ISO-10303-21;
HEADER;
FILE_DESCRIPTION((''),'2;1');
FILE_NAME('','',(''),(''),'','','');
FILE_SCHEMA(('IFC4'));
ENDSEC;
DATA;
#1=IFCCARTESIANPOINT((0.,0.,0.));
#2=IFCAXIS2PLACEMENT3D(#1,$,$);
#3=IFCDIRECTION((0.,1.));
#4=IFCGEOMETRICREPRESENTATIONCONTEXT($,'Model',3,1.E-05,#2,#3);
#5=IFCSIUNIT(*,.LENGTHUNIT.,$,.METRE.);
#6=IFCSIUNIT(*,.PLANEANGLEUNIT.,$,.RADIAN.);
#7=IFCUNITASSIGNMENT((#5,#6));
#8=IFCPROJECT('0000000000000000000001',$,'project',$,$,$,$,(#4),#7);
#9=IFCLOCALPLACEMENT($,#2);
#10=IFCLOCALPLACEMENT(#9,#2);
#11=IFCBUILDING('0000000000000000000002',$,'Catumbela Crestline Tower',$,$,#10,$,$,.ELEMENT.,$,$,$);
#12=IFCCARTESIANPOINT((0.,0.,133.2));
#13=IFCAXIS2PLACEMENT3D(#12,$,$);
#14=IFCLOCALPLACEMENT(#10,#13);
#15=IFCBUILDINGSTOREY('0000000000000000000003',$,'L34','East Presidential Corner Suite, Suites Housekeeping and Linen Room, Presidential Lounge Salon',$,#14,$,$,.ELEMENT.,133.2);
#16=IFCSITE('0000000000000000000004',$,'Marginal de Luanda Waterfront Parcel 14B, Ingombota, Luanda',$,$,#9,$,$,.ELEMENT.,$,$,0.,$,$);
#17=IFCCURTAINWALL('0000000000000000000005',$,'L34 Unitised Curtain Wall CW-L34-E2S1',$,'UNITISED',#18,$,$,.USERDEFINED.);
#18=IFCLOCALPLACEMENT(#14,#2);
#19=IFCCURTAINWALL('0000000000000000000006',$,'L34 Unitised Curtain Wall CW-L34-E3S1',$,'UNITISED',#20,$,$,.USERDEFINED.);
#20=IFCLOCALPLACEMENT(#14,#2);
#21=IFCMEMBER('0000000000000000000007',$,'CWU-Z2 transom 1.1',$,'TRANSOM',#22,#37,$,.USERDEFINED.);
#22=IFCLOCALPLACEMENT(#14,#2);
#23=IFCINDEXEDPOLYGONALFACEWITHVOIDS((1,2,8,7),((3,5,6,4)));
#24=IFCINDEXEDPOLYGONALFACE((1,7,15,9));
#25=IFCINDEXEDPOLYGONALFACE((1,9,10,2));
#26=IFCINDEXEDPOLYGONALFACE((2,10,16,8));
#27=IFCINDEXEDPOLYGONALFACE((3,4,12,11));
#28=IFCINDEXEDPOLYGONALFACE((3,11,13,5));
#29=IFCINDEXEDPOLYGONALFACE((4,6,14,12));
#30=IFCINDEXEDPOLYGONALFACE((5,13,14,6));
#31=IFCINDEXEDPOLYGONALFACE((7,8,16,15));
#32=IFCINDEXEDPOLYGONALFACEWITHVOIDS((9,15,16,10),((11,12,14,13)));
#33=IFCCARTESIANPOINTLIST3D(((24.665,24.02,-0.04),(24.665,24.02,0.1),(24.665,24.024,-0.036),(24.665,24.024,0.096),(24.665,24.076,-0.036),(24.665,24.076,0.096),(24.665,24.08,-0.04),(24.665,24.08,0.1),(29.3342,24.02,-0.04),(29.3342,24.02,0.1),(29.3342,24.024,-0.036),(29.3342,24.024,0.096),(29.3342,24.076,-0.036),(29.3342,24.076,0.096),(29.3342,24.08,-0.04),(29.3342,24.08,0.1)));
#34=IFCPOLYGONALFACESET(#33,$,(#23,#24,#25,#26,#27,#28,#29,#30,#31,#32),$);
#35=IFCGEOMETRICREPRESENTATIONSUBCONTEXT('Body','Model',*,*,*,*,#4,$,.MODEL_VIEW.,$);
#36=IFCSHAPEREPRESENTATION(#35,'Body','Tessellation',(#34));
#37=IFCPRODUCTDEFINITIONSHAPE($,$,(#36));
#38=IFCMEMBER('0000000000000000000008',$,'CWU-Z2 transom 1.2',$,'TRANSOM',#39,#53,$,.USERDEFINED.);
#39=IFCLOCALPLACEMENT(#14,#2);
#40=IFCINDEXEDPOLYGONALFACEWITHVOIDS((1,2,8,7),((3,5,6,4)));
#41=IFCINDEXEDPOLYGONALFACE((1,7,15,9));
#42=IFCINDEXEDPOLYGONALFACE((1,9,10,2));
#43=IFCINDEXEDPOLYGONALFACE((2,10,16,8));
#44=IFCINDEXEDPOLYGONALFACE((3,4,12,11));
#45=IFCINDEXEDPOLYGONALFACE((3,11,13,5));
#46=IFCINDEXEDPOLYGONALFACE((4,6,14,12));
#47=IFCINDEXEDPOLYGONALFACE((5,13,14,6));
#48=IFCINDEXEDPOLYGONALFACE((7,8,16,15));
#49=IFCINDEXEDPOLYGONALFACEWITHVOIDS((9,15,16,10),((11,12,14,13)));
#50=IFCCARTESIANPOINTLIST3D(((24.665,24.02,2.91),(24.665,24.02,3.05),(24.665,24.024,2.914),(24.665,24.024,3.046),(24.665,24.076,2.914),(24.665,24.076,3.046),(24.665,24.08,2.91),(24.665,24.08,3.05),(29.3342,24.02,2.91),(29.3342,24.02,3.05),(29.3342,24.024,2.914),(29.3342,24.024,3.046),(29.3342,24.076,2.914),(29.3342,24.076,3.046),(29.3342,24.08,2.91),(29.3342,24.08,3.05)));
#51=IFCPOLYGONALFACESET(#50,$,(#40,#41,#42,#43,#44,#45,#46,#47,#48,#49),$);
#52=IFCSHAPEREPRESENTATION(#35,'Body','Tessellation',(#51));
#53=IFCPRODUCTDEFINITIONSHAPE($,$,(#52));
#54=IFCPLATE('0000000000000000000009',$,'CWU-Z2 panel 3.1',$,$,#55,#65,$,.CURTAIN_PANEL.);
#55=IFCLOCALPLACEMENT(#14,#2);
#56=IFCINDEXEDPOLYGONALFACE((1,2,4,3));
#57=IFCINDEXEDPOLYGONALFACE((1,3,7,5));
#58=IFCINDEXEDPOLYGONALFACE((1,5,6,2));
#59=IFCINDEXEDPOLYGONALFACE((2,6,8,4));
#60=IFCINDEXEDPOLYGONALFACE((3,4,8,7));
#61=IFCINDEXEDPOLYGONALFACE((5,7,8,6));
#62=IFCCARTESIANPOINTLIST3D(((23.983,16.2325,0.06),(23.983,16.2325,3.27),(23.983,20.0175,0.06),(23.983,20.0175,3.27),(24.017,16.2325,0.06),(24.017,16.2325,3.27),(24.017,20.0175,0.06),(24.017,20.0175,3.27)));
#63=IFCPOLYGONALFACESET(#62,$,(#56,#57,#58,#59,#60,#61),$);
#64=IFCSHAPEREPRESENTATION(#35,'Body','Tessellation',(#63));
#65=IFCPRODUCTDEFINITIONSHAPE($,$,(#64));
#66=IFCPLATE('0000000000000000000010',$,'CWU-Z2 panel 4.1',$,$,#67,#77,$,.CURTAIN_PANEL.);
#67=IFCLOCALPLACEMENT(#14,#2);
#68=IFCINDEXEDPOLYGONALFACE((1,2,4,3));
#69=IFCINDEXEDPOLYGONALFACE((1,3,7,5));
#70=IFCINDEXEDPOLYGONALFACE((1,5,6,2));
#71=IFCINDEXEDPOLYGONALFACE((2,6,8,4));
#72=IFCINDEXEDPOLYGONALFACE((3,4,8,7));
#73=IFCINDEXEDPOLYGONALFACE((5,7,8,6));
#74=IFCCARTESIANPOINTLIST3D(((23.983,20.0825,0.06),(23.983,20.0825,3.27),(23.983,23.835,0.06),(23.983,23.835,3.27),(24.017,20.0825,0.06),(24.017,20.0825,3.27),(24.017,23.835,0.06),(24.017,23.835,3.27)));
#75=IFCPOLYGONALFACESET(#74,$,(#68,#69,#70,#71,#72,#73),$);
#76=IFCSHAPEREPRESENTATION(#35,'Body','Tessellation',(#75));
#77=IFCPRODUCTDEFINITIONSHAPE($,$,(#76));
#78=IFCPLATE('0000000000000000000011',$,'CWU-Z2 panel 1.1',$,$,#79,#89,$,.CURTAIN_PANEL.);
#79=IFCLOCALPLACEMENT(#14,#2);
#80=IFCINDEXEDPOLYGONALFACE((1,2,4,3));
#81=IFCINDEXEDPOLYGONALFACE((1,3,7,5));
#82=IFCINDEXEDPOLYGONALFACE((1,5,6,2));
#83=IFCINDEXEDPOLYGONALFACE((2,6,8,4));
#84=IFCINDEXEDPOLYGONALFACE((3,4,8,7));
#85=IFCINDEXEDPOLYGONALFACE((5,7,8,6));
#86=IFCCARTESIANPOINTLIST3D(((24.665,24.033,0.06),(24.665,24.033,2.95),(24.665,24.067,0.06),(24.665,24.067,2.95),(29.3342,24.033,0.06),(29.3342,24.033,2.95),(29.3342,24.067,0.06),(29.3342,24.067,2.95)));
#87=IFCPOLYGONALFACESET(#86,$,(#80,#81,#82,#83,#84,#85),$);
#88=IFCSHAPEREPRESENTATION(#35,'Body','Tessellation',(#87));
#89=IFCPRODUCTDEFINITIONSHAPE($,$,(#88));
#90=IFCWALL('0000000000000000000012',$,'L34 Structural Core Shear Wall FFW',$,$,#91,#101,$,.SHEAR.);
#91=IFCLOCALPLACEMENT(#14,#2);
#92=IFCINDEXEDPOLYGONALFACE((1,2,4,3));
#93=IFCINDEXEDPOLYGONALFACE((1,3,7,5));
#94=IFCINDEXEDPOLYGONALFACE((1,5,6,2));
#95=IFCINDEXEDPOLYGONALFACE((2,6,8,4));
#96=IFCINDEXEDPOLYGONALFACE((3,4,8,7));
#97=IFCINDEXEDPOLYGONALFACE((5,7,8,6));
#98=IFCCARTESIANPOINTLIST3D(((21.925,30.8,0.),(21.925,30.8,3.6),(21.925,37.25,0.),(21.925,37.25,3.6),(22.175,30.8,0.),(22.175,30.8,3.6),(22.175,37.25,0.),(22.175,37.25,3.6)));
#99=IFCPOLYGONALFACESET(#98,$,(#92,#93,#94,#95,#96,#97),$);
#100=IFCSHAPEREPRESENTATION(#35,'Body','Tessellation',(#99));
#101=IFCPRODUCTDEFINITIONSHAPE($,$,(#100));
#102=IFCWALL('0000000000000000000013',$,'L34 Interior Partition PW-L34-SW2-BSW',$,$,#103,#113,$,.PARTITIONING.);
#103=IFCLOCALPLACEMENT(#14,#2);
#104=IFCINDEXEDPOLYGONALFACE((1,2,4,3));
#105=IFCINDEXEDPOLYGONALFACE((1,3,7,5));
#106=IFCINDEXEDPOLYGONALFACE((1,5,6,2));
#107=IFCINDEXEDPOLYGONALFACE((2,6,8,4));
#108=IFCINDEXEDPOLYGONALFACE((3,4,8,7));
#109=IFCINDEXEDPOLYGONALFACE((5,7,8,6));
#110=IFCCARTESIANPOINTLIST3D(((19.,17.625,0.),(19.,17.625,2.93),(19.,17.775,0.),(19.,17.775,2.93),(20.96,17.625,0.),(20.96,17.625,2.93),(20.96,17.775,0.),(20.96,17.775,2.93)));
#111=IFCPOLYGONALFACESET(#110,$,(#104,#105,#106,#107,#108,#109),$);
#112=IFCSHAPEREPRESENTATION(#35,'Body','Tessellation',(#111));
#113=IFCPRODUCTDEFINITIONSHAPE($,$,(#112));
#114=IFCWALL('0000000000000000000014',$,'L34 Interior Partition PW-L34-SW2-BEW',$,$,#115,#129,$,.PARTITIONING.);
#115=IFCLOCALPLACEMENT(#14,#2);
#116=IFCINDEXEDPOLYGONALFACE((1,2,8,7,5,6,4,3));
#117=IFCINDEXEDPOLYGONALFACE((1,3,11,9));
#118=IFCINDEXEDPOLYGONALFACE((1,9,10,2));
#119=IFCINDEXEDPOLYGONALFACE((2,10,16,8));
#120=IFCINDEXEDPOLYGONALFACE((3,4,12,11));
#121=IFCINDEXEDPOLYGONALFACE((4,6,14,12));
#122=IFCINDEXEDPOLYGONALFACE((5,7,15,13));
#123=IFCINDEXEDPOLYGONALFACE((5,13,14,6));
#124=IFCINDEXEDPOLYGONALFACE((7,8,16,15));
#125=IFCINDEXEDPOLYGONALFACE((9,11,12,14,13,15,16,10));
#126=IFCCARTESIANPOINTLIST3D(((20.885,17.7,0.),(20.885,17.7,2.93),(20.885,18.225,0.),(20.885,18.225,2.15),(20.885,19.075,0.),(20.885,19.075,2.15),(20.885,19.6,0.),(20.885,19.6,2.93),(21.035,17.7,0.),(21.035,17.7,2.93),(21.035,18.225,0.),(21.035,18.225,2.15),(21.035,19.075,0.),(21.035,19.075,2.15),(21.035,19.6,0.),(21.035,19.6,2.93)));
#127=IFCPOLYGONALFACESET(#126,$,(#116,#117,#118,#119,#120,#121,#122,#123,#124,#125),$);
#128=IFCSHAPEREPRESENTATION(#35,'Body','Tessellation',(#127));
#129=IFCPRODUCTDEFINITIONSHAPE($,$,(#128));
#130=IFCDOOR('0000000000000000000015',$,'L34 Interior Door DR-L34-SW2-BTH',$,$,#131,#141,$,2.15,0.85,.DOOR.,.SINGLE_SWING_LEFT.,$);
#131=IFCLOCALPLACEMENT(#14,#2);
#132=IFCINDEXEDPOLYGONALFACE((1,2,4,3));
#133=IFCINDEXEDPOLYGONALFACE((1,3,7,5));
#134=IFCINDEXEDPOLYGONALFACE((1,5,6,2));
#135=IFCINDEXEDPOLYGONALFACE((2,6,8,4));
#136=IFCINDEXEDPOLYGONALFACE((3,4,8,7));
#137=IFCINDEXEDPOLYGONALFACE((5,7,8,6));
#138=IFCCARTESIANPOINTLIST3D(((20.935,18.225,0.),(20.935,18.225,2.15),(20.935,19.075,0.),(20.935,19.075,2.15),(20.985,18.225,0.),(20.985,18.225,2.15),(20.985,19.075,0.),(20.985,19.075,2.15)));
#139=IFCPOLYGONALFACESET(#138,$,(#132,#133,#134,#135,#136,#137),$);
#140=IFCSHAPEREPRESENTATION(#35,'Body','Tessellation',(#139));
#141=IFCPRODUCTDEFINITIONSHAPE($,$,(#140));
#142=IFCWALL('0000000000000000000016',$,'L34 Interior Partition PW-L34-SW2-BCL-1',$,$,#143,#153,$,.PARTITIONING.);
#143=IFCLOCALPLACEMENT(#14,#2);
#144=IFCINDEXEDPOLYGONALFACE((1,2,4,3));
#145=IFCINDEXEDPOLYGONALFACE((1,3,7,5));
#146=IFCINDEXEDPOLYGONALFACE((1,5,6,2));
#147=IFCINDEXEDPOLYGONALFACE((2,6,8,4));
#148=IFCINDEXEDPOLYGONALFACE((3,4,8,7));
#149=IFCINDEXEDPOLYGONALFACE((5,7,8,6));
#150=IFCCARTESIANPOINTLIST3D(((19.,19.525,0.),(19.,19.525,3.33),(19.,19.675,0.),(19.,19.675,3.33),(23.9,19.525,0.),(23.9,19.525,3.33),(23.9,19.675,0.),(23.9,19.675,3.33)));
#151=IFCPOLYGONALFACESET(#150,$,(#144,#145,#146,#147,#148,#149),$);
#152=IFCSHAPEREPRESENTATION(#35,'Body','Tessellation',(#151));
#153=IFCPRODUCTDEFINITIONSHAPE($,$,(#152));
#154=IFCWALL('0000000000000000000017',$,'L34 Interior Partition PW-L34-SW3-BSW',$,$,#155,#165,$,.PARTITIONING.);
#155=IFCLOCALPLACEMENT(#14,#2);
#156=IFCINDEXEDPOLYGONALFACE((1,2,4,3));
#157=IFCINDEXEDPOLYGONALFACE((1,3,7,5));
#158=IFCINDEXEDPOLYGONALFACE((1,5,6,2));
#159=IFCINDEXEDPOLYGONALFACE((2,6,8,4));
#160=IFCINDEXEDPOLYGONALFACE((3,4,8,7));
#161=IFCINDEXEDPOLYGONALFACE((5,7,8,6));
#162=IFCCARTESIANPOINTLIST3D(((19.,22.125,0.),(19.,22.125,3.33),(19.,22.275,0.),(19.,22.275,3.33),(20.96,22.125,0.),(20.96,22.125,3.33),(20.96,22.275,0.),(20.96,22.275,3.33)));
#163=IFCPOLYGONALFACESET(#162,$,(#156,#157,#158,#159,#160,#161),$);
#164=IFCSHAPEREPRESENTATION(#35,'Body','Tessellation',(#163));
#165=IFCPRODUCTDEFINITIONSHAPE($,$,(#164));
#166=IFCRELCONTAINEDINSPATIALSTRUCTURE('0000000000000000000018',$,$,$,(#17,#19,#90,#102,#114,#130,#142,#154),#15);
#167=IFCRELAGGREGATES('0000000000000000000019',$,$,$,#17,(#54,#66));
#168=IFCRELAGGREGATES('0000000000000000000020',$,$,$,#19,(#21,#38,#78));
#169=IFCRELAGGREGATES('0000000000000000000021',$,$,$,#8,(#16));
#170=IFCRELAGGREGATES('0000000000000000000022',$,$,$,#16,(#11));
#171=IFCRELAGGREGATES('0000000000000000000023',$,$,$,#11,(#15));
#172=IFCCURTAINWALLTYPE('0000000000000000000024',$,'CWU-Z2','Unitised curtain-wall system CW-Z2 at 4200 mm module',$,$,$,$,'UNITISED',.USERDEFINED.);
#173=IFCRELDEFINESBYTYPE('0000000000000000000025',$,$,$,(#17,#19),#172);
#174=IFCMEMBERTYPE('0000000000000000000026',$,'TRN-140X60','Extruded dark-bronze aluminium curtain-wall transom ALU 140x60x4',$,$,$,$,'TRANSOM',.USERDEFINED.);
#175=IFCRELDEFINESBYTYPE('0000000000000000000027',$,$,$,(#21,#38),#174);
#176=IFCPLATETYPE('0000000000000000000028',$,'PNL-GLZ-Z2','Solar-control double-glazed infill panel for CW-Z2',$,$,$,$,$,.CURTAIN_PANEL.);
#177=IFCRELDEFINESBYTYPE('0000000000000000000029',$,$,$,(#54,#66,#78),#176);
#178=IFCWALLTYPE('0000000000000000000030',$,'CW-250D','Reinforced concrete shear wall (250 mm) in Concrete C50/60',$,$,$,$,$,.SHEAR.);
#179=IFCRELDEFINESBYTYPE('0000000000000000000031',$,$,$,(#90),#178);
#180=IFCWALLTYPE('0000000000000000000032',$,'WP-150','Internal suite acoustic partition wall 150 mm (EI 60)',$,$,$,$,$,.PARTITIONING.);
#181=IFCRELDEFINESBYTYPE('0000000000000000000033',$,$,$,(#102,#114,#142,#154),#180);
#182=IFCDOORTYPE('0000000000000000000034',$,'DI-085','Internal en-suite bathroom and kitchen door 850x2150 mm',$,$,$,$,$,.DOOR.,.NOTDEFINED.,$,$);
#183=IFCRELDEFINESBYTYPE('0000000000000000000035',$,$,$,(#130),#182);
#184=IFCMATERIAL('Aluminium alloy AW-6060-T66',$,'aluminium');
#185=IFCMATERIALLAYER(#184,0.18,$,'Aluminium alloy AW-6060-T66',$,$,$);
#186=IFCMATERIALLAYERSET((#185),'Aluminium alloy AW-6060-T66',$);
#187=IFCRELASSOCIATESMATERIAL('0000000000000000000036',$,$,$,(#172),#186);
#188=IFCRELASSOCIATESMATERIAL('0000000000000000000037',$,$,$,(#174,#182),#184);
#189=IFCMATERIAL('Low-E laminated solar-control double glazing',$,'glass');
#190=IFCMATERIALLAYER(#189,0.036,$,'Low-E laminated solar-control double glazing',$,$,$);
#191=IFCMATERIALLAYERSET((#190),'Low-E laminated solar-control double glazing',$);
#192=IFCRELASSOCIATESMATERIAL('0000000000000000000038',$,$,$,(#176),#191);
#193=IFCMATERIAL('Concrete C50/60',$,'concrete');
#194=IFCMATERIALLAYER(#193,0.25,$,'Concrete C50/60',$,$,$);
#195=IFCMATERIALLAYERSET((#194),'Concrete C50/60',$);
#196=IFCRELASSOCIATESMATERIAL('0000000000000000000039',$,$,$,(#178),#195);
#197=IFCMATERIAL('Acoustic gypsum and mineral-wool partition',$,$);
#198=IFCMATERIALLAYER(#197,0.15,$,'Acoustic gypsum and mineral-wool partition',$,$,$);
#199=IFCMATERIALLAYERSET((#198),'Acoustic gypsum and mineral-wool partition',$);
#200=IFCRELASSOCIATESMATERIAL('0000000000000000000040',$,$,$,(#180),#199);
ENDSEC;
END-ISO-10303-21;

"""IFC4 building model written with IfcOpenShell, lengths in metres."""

from ifc_helpers import new_model, si_unit, direction, frame, frame_2d, origin, origin_2d, place, context, subcontext, project, spatial, rectangle, hollow_rectangle, extrude, material, layer, layer_set, material_profile, profile_set, type_object, element, fill, aggregate, save


model = new_model("IFC4")

# Units and contexts
model_context = context("Model", 3, precision=1e-05, world=origin(), true_north=direction((0.0, 1.0)))
body_context = subcontext(model_context, "Body", "Model", "MODEL_VIEW")
ifc_project = project(units=[si_unit("LENGTHUNIT", "METRE"), si_unit("PLANEANGLEUNIT", "RADIAN")], contexts=[model_context])

# Site, building, storey
site_placement = place(None, origin())
site = spatial("IfcSite", under=ifc_project, at=site_placement, Name="Marginal de Luanda Waterfront Parcel 14B, Ingombota, Luanda", CompositionType="ELEMENT", RefElevation=0.0)
building_placement = place(site_placement, origin())
building = spatial("IfcBuilding", under=site, at=building_placement, Name="Catumbela Crestline Tower", CompositionType="ELEMENT")
storey_placement = place(building_placement, frame((0.0, 0.0, 133.2)))
storey = spatial("IfcBuildingStorey", under=building, at=storey_placement, Name="L34", Description="East Presidential Corner Suite, Suites Housekeeping and Linen Room, Presidential Lounge Salon", CompositionType="ELEMENT", Elevation=133.2)

# Shared definitions
ifc_material_1 = material(Name="Concrete C50/60", Category="concrete")

# Curtain wall
ifc_material_2 = material(Name="Aluminium alloy AW-6060-T66", Category="aluminium")
ifc_layer_1 = layer(ifc_material_2, 0.18, Name="Aluminium alloy AW-6060-T66")
ifc_layer_set_1 = layer_set([ifc_layer_1], Name="Aluminium alloy AW-6060-T66")
curtain_wall_type = type_object("IfcCurtainWallType", Name="CWU-Z2", Description="Unitised curtain-wall system CW-Z2 at 4200 mm module", ElementType="UNITISED", PredefinedType="USERDEFINED", material=ifc_layer_set_1)
curtain_wall_1_placement = place(storey_placement, origin())
curtain_wall_1 = element("IfcCurtainWall", 1, at=curtain_wall_1_placement, inside=storey, type_object=curtain_wall_type, Name="L34 Unitised Curtain Wall CW-L34-E2S1", ObjectType="UNITISED", PredefinedType="USERDEFINED")

# Curtain wall
curtain_wall_2_placement = place(storey_placement, origin())
curtain_wall_2 = element("IfcCurtainWall", 2, at=curtain_wall_2_placement, inside=storey, type_object=curtain_wall_type, Name="L34 Unitised Curtain Wall CW-L34-E3S1", ObjectType="UNITISED", PredefinedType="USERDEFINED")

# Members
ifc_material_profile_1 = material_profile(ifc_material_2, hollow_rectangle(XDim=0.06, YDim=0.14, WallThickness=0.004, at=origin_2d()), Name="ALU 140x60x4")
ifc_profile_set_1 = profile_set([ifc_material_profile_1], Name="Aluminium alloy AW-6060-T66")
member_type_1 = type_object("IfcMemberType", Name="TRN-140X60", Description="Extruded dark-bronze aluminium curtain-wall transom ALU 140x60x4", ElementType="TRANSOM", PredefinedType="USERDEFINED", material=ifc_profile_set_1)
member_1_placement = place(storey_placement, frame((24.665, 24.05, 0.03), z_axis=(1.0, 0.0, 0.0), x_axis=(0.0, 1.0, 0.0)))
member_1 = element("IfcMember", 3, at=member_1_placement, type_object=member_type_1, Name="CWU-Z2 transom 1.1", ObjectType="TRANSOM", PredefinedType="USERDEFINED", context=body_context, shape_type="SweptSolid", body=[
    extrude(hollow_rectangle(XDim=0.06, YDim=0.14, WallThickness=0.004, at=origin_2d()), origin(), (0.0, 0.0, 1.0), 4.6692),
])
member_2_placement = place(storey_placement, frame((24.665, 24.05, 2.98), z_axis=(1.0, 0.0, 0.0), x_axis=(0.0, 1.0, 0.0)))
member_2 = element("IfcMember", 4, at=member_2_placement, type_object=member_type_1, Name="CWU-Z2 transom 1.2", ObjectType="TRANSOM", PredefinedType="USERDEFINED", context=body_context, shape_type="SweptSolid", body=[
    extrude(hollow_rectangle(XDim=0.06, YDim=0.14, WallThickness=0.004, at=origin_2d()), origin(), (0.0, 0.0, 1.0), 4.6692),
])

# Plates
ifc_material_3 = material(Name="Low-E laminated solar-control double glazing", Category="glass")
ifc_layer_2 = layer(ifc_material_3, 0.036, Name="Low-E laminated solar-control double glazing")
ifc_layer_set_2 = layer_set([ifc_layer_2], Name="Low-E laminated solar-control double glazing")
plate_type = type_object("IfcPlateType", Name="PNL-GLZ-Z2", Description="Solar-control double-glazed infill panel for CW-Z2", PredefinedType="CURTAIN_PANEL", material=ifc_layer_set_2)
plate_1_placement = place(storey_placement, frame((24.0, 18.125, 0.06), z_axis=(0.0, 0.0, 1.0), x_axis=(0.0, 1.0, 0.0)))
plate_1 = element("IfcPlate", 5, at=plate_1_placement, type_object=plate_type, Name="CWU-Z2 panel 3.1", PredefinedType="CURTAIN_PANEL", context=body_context, shape_type="SweptSolid", body=[
    extrude(rectangle(XDim=3.785, YDim=0.034, at=origin_2d()), origin(), (0.0, 0.0, 1.0), 3.21),
])
plate_2_placement = place(storey_placement, frame((24.0, 21.9587, 0.06), z_axis=(0.0, 0.0, 1.0), x_axis=(0.0, 1.0, 0.0)))
plate_2 = element("IfcPlate", 6, at=plate_2_placement, type_object=plate_type, Name="CWU-Z2 panel 4.1", PredefinedType="CURTAIN_PANEL", context=body_context, shape_type="SweptSolid", body=[
    extrude(rectangle(XDim=3.7525, YDim=0.034, at=origin_2d()), origin(), (0.0, 0.0, 1.0), 3.21),
])
aggregate(curtain_wall_1, [plate_1, plate_2])
plate_3_placement = place(storey_placement, frame((26.9996, 24.05, 0.06), z_axis=(0.0, 0.0, 1.0), x_axis=(1.0, 0.0, 0.0)))
plate_3 = element("IfcPlate", 7, at=plate_3_placement, type_object=plate_type, Name="CWU-Z2 panel 1.1", PredefinedType="CURTAIN_PANEL", context=body_context, shape_type="SweptSolid", body=[
    extrude(rectangle(XDim=4.6692, YDim=0.034, at=origin_2d()), origin(), (0.0, 0.0, 1.0), 2.89),
])
aggregate(curtain_wall_2, [member_1, member_2, plate_3])

# Walls
ifc_layer_3 = layer(ifc_material_1, 0.25, Name="Concrete C50/60")
ifc_layer_set_3 = layer_set([ifc_layer_3], Name="Concrete C50/60")
wall_type_1 = type_object("IfcWallType", Name="CW-250D", Description="Reinforced concrete shear wall (250 mm) in Concrete C50/60", PredefinedType="SHEAR", material=ifc_layer_set_3)
wall_1_placement = place(storey_placement, frame((22.05, 30.8, 0.0), z_axis=(0.0, 0.0, 1.0), x_axis=(0.0, 1.0, 0.0)))
element("IfcWall", 8, at=wall_1_placement, inside=storey, type_object=wall_type_1, Name="L34 Structural Core Shear Wall FFW", PredefinedType="SHEAR", context=body_context, shape_type="SweptSolid", body=[
    extrude(rectangle(XDim=6.45, YDim=0.25, at=frame_2d((3.225, 0.0))), origin(), (0.0, 0.0, 1.0), 3.6),
])
ifc_material_4 = material(Name="Acoustic gypsum and mineral-wool partition")
ifc_layer_4 = layer(ifc_material_4, 0.15, Name="Acoustic gypsum and mineral-wool partition")
ifc_layer_set_4 = layer_set([ifc_layer_4], Name="Acoustic gypsum and mineral-wool partition")
wall_type_2 = type_object("IfcWallType", Name="WP-150", Description="Internal suite acoustic partition wall 150 mm (EI 60)", PredefinedType="PARTITIONING", material=ifc_layer_set_4)
wall_2_placement = place(storey_placement, frame((19.0, 17.7, 0.0), z_axis=(0.0, 0.0, 1.0), x_axis=(1.0, 0.0, 0.0)))
element("IfcWall", 9, at=wall_2_placement, inside=storey, type_object=wall_type_2, Name="L34 Interior Partition PW-L34-SW2-BSW", PredefinedType="PARTITIONING", context=body_context, shape_type="SweptSolid", body=[
    extrude(rectangle(XDim=1.96, YDim=0.15, at=frame_2d((0.98, 0.0))), origin(), (0.0, 0.0, 1.0), 2.93),
])

# Wall, opening, door
wall_3_placement = place(storey_placement, frame((20.96, 17.7, 0.0), z_axis=(0.0, 0.0, 1.0), x_axis=(0.0, 1.0, 0.0)))
wall_3 = element("IfcWall", 10, at=wall_3_placement, inside=storey, type_object=wall_type_2, Name="L34 Interior Partition PW-L34-SW2-BEW", PredefinedType="PARTITIONING", context=body_context, shape_type="SweptSolid", body=[
    extrude(rectangle(XDim=1.9, YDim=0.15, at=frame_2d((0.95, 0.0))), origin(), (0.0, 0.0, 1.0), 2.93),
])
opening_1_placement = place(wall_3_placement, frame((0.525, 0.0, 0.0)))
opening_1 = element("IfcOpeningElement", 11, at=opening_1_placement, cuts=wall_3, PredefinedType="OPENING", context=body_context, shape_type="SweptSolid", body=[
    extrude(rectangle(XDim=0.85, YDim=2.15, at=frame_2d((0.425, 1.075))), frame((0.0, 0.085, 0.0), z_axis=(0.0, -1.0, 0.0), x_axis=(1.0, 0.0, 0.0)), (0.0, 0.0, 1.0), 0.17),
])
door_type = type_object("IfcDoorType", Name="DI-085", Description="Internal en-suite bathroom and kitchen door 850x2150 mm", OperationType="NOTDEFINED", PredefinedType="DOOR", material=ifc_material_2)
door_1_placement = place(opening_1_placement, origin())
door_1 = element("IfcDoor", 12, at=door_1_placement, inside=storey, type_object=door_type, Name="L34 Interior Door DR-L34-SW2-BTH", OperationType="SINGLE_SWING_LEFT", OverallHeight=2.15, OverallWidth=0.85, PredefinedType="DOOR", context=body_context, shape_type="SweptSolid", body=[
    extrude(rectangle(XDim=0.85, YDim=2.15, at=frame_2d((0.425, 1.075))), frame((0.0, 0.025, 0.0), z_axis=(0.0, -1.0, 0.0), x_axis=(1.0, 0.0, 0.0)), (0.0, 0.0, 1.0), 0.05),
])
fill(opening_1, door_1)

# Walls
wall_4_placement = place(storey_placement, frame((19.0, 19.6, 0.0), z_axis=(0.0, 0.0, 1.0), x_axis=(1.0, 0.0, 0.0)))
element("IfcWall", 13, at=wall_4_placement, inside=storey, type_object=wall_type_2, Name="L34 Interior Partition PW-L34-SW2-BCL-1", PredefinedType="PARTITIONING", context=body_context, shape_type="SweptSolid", body=[
    extrude(rectangle(XDim=4.9, YDim=0.15, at=frame_2d((2.45, 0.0))), origin(), (0.0, 0.0, 1.0), 3.33),
])
wall_5_placement = place(storey_placement, frame((19.0, 22.2, 0.0), z_axis=(0.0, 0.0, 1.0), x_axis=(1.0, 0.0, 0.0)))
element("IfcWall", 14, at=wall_5_placement, inside=storey, type_object=wall_type_2, Name="L34 Interior Partition PW-L34-SW3-BSW", PredefinedType="PARTITIONING", context=body_context, shape_type="SweptSolid", body=[
    extrude(rectangle(XDim=1.96, YDim=0.15, at=frame_2d((0.98, 0.0))), origin(), (0.0, 0.0, 1.0), 3.33),
])

save(model, "model.ifc")
